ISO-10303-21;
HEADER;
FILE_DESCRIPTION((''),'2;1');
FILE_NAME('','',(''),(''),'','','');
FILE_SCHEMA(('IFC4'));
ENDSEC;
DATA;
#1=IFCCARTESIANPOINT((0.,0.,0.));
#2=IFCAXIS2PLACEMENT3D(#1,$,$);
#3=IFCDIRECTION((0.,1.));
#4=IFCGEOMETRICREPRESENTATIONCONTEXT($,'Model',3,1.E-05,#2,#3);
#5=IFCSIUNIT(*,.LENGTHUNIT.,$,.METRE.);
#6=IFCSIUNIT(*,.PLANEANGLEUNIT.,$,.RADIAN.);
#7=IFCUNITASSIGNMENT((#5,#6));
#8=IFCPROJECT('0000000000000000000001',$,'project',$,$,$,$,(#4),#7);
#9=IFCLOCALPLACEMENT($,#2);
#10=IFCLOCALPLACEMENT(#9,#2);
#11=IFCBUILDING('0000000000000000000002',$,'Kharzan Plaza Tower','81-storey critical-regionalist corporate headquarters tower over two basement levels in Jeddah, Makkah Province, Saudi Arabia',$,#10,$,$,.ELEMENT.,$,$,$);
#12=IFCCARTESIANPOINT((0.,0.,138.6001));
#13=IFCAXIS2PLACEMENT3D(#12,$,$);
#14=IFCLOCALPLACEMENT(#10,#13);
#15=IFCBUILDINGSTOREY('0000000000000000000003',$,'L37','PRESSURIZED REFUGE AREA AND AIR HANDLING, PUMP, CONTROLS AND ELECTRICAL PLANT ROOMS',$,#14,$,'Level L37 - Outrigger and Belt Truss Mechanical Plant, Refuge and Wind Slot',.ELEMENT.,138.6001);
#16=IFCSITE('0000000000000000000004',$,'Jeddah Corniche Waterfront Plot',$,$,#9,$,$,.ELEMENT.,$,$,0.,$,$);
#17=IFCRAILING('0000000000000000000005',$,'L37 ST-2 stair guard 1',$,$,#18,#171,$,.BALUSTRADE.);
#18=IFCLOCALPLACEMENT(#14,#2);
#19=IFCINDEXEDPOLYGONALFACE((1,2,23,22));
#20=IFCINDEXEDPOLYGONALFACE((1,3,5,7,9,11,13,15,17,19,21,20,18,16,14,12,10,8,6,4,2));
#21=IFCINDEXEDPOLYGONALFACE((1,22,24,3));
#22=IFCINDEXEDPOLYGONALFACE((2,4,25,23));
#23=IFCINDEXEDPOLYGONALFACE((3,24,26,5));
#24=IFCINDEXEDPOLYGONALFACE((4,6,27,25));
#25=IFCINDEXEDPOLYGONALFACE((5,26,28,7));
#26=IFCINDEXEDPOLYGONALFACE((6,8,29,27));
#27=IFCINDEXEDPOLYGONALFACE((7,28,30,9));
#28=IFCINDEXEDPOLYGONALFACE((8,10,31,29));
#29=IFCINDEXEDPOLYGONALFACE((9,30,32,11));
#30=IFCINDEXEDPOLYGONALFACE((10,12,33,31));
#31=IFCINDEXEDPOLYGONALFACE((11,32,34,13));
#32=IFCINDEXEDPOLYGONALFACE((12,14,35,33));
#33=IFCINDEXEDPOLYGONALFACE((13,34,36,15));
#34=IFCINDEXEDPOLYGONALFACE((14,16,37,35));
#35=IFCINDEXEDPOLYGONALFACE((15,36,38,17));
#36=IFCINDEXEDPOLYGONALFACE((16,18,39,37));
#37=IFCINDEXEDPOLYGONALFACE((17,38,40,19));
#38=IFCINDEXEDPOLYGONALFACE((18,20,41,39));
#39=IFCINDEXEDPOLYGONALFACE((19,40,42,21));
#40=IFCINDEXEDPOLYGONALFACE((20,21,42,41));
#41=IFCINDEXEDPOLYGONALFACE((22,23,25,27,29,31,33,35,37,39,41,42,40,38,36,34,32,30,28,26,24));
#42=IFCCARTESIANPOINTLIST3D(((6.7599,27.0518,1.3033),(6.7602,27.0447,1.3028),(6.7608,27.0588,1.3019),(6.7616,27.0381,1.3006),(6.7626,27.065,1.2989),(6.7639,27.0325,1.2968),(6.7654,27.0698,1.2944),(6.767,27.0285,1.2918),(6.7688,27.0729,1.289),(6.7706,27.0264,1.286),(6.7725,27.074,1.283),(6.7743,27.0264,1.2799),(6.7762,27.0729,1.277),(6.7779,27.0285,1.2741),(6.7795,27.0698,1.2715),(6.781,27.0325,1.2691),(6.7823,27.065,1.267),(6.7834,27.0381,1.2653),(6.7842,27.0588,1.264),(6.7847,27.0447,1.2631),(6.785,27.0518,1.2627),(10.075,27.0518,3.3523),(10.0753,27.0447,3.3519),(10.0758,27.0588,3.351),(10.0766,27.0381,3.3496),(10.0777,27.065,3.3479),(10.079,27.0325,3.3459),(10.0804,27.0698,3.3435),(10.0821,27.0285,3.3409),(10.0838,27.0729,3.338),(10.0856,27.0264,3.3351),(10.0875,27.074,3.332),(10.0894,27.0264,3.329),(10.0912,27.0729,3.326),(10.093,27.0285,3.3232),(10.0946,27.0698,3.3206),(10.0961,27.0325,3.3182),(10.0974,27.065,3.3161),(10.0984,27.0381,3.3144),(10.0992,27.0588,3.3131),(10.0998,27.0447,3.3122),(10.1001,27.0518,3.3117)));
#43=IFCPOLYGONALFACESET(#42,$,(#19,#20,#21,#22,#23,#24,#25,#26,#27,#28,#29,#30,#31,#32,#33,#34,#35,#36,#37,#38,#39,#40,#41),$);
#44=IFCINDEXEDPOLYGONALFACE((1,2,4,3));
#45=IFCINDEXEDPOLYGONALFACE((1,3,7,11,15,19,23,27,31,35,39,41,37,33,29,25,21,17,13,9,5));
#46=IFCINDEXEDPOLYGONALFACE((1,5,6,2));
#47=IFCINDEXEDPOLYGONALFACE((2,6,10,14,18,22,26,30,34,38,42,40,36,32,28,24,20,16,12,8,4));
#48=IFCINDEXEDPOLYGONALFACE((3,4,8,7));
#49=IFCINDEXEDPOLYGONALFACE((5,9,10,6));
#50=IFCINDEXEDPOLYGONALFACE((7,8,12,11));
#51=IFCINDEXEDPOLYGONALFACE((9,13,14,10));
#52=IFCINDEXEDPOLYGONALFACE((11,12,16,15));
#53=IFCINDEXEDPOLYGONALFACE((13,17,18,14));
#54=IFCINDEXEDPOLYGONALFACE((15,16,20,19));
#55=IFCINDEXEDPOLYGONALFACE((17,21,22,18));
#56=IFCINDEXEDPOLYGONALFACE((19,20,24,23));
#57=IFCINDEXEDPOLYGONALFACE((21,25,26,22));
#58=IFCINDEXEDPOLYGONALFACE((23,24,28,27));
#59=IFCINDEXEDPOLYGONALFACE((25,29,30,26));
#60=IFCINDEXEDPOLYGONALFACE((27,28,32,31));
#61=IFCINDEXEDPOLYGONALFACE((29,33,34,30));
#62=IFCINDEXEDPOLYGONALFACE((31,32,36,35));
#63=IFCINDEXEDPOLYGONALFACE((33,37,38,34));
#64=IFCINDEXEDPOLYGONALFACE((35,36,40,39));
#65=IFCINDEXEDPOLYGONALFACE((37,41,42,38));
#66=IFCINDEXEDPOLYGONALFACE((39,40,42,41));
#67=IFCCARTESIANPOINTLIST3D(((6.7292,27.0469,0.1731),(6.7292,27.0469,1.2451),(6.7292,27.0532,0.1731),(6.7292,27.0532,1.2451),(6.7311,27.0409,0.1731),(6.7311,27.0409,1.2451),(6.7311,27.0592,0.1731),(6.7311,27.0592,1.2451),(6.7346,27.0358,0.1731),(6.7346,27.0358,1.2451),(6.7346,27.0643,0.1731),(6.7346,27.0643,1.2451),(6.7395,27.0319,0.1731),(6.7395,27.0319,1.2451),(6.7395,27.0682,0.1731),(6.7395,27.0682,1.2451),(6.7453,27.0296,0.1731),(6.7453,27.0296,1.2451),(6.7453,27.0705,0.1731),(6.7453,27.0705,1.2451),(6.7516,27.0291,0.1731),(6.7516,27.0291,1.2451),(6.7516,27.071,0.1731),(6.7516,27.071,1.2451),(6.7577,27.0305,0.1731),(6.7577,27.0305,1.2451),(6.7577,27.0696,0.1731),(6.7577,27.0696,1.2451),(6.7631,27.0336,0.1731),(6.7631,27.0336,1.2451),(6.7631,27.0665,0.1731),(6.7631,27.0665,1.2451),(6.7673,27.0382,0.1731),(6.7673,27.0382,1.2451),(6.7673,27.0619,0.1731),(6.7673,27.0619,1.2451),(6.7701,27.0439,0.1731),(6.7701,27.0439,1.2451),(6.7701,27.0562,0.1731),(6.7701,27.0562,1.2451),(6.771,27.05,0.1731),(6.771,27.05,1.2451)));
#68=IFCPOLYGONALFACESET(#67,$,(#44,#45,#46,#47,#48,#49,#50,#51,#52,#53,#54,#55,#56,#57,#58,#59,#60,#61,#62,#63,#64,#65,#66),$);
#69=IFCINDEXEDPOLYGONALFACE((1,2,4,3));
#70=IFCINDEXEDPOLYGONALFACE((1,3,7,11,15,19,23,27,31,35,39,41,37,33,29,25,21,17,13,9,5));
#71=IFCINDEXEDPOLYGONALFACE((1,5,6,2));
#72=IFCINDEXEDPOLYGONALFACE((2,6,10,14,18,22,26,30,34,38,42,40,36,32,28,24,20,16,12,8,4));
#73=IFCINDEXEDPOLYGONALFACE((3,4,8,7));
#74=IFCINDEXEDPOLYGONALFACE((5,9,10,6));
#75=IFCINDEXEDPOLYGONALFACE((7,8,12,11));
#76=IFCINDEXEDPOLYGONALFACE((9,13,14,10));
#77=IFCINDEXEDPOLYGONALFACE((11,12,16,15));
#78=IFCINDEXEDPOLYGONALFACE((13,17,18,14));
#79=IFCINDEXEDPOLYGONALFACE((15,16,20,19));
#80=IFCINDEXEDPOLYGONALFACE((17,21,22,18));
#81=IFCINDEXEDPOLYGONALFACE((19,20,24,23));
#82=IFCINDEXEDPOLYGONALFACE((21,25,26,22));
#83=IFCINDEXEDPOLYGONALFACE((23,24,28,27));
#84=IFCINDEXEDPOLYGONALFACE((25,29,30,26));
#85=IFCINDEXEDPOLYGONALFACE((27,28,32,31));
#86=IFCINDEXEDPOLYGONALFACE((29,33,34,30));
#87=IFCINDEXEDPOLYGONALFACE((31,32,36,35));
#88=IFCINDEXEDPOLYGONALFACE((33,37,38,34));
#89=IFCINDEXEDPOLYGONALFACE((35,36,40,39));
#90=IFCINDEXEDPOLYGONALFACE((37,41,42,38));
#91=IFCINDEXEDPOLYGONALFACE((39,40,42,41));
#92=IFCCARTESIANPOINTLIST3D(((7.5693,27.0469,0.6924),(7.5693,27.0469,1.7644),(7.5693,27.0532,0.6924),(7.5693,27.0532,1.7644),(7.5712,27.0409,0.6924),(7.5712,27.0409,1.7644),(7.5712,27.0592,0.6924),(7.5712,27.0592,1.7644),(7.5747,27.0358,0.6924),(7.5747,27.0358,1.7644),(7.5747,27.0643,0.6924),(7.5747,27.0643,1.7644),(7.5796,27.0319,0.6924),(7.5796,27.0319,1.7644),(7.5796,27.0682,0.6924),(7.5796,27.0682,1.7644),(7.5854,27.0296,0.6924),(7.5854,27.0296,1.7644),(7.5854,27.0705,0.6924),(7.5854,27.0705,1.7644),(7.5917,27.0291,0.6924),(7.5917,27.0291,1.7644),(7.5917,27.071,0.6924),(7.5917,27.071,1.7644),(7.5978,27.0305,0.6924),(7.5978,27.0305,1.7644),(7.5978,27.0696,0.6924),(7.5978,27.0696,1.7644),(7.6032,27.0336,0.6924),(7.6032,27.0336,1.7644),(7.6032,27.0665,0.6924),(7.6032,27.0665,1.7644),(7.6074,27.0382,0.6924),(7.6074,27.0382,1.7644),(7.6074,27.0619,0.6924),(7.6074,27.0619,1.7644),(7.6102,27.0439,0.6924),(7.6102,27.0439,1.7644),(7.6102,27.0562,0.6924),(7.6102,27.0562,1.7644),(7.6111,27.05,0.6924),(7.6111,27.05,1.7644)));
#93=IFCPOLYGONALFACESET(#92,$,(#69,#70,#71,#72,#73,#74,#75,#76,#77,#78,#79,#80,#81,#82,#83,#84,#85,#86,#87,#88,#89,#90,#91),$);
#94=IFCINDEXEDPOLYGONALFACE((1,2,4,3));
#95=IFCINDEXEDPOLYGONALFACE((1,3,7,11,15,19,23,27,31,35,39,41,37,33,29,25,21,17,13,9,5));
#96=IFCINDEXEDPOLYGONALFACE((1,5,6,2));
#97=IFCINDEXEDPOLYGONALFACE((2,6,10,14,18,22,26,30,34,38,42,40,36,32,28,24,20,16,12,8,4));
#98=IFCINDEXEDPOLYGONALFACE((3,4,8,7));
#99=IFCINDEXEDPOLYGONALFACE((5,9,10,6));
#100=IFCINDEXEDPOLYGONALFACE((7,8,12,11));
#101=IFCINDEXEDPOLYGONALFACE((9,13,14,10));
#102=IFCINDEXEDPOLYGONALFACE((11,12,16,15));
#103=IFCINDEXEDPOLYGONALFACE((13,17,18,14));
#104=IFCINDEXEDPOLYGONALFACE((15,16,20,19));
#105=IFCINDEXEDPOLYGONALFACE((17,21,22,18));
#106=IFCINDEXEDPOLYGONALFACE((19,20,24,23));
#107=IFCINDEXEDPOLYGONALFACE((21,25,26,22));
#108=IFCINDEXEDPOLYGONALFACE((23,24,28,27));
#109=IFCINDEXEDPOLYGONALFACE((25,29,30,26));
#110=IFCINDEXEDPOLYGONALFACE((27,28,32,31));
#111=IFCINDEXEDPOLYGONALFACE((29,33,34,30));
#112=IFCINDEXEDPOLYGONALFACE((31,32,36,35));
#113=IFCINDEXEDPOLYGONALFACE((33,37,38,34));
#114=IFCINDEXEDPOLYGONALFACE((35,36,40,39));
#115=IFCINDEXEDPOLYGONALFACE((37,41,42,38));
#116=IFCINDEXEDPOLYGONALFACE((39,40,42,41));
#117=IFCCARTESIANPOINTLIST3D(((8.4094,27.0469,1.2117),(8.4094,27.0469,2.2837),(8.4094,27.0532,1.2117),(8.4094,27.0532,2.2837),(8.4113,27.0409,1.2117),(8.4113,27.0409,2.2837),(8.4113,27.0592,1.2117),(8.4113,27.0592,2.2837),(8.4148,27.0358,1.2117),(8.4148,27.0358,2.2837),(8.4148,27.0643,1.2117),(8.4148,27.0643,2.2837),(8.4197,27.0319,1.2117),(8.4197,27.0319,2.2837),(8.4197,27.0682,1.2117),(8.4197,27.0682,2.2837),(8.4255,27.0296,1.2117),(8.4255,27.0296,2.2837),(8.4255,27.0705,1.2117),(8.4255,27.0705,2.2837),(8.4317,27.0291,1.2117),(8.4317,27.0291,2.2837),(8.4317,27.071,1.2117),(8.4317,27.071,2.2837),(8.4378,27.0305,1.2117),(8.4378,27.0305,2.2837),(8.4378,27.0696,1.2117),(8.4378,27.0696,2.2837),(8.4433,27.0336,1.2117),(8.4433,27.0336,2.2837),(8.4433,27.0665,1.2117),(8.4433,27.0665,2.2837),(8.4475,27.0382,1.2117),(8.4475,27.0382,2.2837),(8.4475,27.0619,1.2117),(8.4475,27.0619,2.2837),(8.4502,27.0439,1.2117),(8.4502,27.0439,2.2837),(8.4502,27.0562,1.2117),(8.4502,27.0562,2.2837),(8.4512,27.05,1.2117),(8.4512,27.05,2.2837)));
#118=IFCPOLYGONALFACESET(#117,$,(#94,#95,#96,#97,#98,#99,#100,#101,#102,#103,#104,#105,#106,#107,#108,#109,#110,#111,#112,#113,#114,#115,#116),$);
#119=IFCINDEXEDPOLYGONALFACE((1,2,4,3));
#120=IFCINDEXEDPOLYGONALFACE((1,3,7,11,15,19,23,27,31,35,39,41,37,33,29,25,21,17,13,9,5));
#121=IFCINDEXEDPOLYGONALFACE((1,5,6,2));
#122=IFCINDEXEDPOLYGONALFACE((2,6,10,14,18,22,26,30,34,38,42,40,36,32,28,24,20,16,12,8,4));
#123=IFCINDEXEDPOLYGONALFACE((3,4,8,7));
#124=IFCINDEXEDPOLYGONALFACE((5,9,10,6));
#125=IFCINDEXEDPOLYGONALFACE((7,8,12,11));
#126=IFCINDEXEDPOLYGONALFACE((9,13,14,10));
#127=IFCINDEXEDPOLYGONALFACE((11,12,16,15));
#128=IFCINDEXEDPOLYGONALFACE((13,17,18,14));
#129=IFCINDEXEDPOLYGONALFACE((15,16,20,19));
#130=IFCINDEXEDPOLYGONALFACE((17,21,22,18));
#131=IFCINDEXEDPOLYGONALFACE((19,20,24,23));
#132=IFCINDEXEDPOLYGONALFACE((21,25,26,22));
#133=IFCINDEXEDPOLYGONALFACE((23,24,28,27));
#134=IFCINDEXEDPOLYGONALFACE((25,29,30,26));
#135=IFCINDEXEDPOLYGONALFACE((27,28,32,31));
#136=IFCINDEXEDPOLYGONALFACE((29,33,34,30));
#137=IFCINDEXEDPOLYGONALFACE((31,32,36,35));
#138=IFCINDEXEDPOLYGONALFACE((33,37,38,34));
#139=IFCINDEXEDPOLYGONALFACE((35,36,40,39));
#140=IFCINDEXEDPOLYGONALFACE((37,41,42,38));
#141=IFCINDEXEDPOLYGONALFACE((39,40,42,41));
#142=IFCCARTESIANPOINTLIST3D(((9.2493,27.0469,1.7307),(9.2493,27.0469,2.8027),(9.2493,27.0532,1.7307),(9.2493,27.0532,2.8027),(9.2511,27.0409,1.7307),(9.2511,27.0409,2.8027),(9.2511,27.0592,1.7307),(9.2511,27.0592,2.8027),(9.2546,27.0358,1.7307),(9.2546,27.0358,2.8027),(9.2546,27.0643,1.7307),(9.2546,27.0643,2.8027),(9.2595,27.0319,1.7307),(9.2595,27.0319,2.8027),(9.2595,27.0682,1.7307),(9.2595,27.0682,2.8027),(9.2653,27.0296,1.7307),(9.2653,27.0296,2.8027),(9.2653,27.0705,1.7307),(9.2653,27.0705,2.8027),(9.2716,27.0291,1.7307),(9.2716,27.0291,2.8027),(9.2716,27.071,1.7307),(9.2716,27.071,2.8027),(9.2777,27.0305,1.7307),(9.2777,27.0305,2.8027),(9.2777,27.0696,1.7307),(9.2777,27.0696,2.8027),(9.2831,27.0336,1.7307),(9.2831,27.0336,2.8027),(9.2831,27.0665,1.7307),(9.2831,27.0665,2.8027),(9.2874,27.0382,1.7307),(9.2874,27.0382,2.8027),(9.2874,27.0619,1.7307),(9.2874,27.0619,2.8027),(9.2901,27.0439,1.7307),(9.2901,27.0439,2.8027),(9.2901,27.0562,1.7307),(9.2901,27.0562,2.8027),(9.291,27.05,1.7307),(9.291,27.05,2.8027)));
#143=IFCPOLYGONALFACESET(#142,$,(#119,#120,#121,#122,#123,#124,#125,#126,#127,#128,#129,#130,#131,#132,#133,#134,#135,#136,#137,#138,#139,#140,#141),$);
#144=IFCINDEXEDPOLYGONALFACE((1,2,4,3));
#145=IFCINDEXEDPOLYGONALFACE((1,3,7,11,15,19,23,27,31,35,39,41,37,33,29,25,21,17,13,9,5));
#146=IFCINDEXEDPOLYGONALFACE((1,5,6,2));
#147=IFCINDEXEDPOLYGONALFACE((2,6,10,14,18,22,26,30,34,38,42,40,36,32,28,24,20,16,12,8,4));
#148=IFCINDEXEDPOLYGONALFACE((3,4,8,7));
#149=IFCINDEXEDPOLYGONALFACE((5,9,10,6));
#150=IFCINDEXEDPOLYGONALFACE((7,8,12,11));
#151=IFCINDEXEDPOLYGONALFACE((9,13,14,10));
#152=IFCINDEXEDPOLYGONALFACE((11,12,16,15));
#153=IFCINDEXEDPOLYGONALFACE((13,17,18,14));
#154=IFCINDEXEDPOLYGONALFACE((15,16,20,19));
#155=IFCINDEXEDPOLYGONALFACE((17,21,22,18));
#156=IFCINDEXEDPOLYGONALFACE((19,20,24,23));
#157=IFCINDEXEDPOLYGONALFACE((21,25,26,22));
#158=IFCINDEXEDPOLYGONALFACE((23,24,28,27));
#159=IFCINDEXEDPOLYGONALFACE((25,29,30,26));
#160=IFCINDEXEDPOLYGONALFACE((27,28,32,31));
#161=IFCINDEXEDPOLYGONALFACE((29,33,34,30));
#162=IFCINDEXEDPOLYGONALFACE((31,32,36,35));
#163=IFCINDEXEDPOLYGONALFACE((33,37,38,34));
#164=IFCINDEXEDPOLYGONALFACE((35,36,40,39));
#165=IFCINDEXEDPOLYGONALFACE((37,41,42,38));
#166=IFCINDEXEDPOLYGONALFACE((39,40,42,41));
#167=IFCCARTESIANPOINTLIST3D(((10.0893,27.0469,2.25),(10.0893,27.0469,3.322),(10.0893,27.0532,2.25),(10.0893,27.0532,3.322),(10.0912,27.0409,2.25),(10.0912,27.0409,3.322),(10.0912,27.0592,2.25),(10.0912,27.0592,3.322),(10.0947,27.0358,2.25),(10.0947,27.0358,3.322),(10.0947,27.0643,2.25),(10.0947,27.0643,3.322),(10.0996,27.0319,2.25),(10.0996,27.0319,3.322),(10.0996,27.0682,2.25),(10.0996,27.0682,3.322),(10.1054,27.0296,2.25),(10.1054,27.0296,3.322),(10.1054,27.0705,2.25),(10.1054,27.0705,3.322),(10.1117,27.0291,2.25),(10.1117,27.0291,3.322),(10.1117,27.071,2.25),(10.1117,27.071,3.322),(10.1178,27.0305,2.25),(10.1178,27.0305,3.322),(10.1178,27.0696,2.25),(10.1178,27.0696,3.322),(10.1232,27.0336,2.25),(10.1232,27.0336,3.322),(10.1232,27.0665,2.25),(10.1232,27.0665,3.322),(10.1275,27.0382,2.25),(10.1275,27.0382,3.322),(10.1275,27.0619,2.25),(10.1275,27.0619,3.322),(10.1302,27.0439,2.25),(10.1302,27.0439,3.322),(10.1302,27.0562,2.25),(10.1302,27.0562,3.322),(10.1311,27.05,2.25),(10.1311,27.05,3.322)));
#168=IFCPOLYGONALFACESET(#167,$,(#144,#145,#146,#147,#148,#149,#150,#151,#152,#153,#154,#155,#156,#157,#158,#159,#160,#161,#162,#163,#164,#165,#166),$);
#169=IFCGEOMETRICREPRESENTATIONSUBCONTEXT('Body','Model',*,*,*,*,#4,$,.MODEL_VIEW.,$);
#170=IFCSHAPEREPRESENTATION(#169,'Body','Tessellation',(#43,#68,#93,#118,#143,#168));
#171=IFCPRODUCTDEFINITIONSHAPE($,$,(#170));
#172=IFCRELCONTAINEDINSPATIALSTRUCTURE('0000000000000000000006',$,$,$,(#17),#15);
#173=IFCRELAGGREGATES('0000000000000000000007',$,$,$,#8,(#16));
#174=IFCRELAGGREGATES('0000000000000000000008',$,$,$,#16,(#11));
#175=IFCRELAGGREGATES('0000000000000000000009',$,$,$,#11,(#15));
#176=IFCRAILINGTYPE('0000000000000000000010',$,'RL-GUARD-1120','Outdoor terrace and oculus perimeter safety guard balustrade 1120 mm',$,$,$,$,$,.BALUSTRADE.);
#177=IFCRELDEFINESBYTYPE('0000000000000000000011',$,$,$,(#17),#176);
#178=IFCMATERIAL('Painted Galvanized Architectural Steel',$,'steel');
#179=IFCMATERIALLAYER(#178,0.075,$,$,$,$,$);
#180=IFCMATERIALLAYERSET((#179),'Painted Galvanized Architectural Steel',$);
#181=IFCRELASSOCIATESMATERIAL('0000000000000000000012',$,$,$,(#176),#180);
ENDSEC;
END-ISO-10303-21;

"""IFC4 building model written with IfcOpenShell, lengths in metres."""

from ifc_helpers import new_model, si_unit, direction, frame, origin, origin_2d, place, context, subcontext, project, spatial, circle, extrude, source, transform, mapped, material, layer, layer_set, type_object, element, save


model = new_model("IFC4")

# Units and contexts
model_context = context("Model", 3, precision=1e-05, world=origin(), true_north=direction((0.0, 1.0)))
body_context = subcontext(model_context, "Body", "Model", "MODEL_VIEW")
ifc_project = project(units=[si_unit("LENGTHUNIT", "METRE"), si_unit("PLANEANGLEUNIT", "RADIAN")], contexts=[model_context])

# Site, building, storey
site_placement = place(None, origin())
site = spatial("IfcSite", under=ifc_project, at=site_placement, Name="Jeddah Corniche Waterfront Plot", CompositionType="ELEMENT", RefElevation=0.0)
building_placement = place(site_placement, origin())
building = spatial("IfcBuilding", under=site, at=building_placement, Name="Kharzan Plaza Tower", Description="81-storey critical-regionalist corporate headquarters tower over two basement levels in Jeddah, Makkah Province, Saudi Arabia", CompositionType="ELEMENT")
storey_placement = place(building_placement, frame((0.0, 0.0, 138.6001)))
storey = spatial("IfcBuildingStorey", under=building, at=storey_placement, Name="L37", Description="PRESSURIZED REFUGE AREA AND AIR HANDLING, PUMP, CONTROLS AND ELECTRICAL PLANT ROOMS", LongName="Level L37 - Outrigger and Belt Truss Mechanical Plant, Refuge and Wind Slot", CompositionType="ELEMENT", Elevation=138.6001)

# Railing
ifc_material_1 = material(Name="Painted Galvanized Architectural Steel", Category="steel")
ifc_layer_1 = layer(ifc_material_1, 0.075)
ifc_layer_set_1 = layer_set([ifc_layer_1], Name="Painted Galvanized Architectural Steel")
railing_type_1 = type_object("IfcRailingType", Name="RL-GUARD-1120", Description="Outdoor terrace and oculus perimeter safety guard balustrade 1120 mm", PredefinedType="BALUSTRADE", material=ifc_layer_set_1)
shared_shape_1 = source(origin(), body_context, "Body", "SweptSolid", [
    extrude(circle(Radius=0.0239, at=origin_2d()), frame((0.0225, 0.0, 1.1099), z_axis=(0.850623, 0.0, 0.525776), x_axis=(0.0, 1.0, 0.0)), (0.0, 0.0, 1.0), 3.8972),
    extrude(circle(Radius=0.021, at=origin_2d()), origin(), (0.0, 0.0, 1.0), 1.072),
    extrude(circle(Radius=0.021, at=origin_2d()), frame((0.8401, 0.0, 0.5193)), (0.0, 0.0, 1.0), 1.072),
    extrude(circle(Radius=0.021, at=origin_2d()), frame((1.6802, 0.0, 1.0386)), (0.0, 0.0, 1.0), 1.072),
    extrude(circle(Radius=0.021, at=origin_2d()), frame((2.52, 0.0, 1.5576)), (0.0, 0.0, 1.0), 1.072),
    extrude(circle(Radius=0.021, at=origin_2d()), frame((3.3601, 0.0, 2.0769)), (0.0, 0.0, 1.0), 1.072),
])
railing_1_placement = place(storey_placement, frame((6.75, 27.05, 0.1731)))
element("IfcRailing", 1, at=railing_1_placement, inside=storey, type_object=railing_type_1, Name="L37 ST-2 stair guard 1", PredefinedType="BALUSTRADE", context=body_context, shape_type="MappedRepresentation", body=[
    mapped(shared_shape_1, transform((0.0, 0.0, 0.0), x_axis=(1.0, 0.0, 0.0), y_axis=(0.0, 1.0, 0.0), z_axis=(0.0, 0.0, 1.0))),
])

save(model, "model.ifc")
